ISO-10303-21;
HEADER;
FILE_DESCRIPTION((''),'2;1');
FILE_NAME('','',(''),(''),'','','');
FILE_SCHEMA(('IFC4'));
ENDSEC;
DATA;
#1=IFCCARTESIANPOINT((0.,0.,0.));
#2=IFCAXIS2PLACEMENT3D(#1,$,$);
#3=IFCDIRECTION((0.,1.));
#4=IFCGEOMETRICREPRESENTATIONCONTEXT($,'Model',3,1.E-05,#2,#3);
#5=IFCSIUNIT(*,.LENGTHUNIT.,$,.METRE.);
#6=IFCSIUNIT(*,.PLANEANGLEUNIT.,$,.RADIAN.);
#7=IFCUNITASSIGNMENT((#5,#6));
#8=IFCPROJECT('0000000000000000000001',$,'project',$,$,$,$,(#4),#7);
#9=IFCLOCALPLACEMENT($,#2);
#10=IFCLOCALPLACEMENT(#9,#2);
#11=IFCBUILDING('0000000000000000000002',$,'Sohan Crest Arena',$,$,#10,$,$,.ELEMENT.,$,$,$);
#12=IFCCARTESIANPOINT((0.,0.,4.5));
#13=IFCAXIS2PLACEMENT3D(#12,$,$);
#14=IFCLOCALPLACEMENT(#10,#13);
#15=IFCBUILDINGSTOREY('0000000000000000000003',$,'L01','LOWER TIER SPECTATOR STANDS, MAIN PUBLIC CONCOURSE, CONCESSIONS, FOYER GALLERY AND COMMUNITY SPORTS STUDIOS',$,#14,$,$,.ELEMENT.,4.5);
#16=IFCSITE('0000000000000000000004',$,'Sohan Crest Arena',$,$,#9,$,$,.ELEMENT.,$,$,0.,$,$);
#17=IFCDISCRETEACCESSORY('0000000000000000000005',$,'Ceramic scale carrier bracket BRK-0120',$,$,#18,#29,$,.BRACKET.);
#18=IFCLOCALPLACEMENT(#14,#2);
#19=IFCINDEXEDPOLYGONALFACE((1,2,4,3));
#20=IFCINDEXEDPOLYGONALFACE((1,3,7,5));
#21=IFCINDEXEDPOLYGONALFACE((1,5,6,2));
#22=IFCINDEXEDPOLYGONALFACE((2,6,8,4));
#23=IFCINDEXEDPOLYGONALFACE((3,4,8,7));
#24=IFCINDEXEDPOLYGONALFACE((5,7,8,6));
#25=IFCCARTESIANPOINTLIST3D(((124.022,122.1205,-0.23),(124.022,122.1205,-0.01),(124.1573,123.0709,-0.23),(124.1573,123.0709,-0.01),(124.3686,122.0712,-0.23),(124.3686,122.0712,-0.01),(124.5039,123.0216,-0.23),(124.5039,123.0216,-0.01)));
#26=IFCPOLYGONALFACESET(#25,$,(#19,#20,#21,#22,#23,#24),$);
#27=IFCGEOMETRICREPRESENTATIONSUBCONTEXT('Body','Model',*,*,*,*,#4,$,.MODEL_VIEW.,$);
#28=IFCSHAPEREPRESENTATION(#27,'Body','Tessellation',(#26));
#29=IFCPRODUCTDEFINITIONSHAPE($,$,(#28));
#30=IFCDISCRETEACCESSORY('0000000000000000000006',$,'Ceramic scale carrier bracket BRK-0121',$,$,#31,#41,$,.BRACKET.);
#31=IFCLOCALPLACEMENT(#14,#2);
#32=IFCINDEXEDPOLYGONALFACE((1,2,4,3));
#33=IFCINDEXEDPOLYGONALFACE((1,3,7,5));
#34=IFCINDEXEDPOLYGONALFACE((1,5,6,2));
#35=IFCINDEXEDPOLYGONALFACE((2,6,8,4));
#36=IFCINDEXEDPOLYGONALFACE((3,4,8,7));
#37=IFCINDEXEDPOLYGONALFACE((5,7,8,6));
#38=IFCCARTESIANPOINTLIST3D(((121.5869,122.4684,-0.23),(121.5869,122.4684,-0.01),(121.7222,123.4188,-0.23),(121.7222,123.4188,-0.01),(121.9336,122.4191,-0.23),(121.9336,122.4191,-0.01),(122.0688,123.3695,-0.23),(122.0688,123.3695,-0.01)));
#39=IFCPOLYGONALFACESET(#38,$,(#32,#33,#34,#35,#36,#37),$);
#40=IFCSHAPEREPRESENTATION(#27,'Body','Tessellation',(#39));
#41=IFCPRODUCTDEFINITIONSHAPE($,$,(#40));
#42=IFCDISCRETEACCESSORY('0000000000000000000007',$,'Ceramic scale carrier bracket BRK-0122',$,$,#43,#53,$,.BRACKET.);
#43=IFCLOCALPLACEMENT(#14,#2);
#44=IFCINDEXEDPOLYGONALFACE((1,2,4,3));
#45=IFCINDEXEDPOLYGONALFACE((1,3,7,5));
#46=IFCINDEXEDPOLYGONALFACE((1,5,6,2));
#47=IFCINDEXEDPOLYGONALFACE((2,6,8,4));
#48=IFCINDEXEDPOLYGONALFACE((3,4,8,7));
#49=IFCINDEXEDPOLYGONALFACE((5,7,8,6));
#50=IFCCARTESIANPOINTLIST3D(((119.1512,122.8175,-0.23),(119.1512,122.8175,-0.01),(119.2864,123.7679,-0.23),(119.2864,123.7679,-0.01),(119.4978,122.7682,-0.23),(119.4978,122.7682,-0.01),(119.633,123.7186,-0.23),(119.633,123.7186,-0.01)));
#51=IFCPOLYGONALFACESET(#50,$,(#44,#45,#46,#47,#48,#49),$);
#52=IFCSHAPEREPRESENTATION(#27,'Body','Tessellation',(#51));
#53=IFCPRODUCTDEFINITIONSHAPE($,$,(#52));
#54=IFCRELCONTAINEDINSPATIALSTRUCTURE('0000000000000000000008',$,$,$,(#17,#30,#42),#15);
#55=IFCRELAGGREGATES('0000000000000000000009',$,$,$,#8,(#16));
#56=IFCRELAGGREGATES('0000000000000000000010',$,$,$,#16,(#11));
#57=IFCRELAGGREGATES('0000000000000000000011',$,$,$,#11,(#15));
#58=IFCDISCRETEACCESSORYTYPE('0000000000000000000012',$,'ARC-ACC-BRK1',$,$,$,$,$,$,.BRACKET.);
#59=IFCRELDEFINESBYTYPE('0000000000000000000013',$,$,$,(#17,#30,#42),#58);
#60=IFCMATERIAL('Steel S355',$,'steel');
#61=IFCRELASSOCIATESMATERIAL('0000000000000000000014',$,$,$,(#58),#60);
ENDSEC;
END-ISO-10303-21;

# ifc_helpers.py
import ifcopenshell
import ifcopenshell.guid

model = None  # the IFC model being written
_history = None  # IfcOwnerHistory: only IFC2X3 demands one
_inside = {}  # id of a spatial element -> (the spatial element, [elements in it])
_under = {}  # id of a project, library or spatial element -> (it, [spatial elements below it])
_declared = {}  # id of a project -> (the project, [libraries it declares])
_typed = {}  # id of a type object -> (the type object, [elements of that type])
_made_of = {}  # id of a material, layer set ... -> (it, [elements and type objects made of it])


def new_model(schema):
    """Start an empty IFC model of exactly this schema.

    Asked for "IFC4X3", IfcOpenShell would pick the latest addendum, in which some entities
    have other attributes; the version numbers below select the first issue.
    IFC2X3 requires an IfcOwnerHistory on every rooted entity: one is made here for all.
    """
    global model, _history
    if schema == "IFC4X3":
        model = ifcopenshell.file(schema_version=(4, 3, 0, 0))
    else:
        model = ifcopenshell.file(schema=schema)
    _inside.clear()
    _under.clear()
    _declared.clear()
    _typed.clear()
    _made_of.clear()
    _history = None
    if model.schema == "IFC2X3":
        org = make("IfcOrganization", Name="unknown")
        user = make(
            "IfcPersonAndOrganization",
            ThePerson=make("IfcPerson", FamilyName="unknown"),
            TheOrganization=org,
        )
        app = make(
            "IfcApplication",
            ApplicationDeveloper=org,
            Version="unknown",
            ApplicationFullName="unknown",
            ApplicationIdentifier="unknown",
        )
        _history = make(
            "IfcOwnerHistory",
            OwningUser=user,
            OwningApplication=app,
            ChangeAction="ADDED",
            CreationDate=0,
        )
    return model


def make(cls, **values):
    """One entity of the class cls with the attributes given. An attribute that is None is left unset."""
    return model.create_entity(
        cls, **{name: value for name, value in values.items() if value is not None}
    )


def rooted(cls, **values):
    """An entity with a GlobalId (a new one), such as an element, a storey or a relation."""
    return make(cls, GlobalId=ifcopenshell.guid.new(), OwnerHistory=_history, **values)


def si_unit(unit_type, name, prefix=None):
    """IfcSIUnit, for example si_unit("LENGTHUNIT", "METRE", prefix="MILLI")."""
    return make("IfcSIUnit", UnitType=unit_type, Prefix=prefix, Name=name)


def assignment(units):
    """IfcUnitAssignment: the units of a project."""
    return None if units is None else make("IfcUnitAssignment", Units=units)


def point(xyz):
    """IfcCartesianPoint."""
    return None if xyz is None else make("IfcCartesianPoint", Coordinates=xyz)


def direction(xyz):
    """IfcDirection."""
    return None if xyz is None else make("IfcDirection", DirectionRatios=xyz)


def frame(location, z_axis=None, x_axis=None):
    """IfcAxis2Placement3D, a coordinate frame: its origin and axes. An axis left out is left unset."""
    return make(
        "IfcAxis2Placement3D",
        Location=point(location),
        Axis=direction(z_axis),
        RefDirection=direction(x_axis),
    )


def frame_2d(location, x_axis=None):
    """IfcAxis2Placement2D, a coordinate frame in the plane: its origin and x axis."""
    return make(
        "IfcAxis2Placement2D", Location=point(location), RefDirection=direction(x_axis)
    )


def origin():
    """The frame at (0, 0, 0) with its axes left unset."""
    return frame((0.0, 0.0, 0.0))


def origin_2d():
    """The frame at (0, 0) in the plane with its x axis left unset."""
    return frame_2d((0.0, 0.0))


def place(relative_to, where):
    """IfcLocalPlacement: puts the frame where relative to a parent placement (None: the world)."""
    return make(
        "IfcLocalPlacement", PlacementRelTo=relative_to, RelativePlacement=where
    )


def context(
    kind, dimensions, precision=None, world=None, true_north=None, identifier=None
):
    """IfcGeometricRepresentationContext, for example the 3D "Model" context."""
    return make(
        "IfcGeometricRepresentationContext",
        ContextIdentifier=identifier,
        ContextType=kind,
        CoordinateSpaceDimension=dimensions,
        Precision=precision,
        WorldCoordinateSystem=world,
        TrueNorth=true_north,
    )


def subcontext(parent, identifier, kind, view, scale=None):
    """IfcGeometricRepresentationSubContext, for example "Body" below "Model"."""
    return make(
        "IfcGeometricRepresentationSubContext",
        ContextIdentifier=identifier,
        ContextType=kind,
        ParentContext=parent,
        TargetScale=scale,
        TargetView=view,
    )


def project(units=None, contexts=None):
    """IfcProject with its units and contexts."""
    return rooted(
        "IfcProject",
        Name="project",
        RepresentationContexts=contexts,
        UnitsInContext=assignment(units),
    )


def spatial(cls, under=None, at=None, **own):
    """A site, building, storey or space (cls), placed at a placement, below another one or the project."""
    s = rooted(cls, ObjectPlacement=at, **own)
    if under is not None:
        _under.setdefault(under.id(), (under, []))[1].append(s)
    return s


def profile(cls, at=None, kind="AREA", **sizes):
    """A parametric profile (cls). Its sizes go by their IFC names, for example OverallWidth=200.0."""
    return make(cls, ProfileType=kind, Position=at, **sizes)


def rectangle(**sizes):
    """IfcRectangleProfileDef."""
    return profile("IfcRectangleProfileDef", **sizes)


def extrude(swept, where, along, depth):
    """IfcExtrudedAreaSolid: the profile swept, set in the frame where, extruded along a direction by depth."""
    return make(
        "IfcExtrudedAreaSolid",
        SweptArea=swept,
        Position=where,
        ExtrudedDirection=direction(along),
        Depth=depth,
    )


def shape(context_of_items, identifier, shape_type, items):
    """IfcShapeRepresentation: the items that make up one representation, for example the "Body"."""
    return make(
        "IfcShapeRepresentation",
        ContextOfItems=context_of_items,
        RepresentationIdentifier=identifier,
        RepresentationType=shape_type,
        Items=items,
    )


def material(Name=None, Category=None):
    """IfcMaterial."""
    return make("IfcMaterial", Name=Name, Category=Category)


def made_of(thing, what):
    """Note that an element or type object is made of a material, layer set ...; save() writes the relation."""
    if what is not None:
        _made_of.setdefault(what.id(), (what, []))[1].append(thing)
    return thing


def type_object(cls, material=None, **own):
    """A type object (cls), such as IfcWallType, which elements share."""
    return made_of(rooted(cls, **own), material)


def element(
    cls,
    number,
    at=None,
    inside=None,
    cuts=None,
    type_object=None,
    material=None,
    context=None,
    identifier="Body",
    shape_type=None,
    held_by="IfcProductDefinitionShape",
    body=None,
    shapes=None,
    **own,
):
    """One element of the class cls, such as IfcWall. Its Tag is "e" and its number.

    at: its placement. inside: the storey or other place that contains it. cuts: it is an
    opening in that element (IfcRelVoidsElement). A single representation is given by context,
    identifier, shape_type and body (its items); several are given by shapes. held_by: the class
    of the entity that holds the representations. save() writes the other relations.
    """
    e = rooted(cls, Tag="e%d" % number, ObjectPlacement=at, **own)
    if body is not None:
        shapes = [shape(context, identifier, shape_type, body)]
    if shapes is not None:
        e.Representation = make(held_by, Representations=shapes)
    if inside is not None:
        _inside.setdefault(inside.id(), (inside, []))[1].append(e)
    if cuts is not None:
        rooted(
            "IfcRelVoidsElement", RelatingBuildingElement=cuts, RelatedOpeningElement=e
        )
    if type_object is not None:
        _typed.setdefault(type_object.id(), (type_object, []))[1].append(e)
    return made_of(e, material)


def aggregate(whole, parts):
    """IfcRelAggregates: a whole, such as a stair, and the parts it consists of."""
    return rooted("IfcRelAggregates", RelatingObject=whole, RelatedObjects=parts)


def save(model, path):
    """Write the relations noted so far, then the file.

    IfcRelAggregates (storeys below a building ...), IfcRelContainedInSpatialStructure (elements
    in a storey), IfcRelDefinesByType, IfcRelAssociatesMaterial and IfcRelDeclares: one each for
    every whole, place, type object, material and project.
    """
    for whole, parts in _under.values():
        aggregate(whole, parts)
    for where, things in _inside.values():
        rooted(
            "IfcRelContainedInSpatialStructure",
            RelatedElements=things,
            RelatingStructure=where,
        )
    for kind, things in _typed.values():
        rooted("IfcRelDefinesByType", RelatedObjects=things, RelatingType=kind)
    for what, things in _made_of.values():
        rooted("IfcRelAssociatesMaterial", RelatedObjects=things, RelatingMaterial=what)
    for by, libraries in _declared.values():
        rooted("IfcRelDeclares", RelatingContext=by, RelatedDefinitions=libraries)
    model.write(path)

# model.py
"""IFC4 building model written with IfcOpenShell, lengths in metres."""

from ifc_helpers import new_model, si_unit, direction, frame, origin, origin_2d, place, context, subcontext, project, spatial, rectangle, extrude, material, type_object, element, save


model = new_model("IFC4")

# Units and contexts
model_context = context("Model", 3, precision=1e-05, world=origin(), true_north=direction((0.0, 1.0)))
body_context = subcontext(model_context, "Body", "Model", "MODEL_VIEW")
ifc_project = project(units=[si_unit("LENGTHUNIT", "METRE"), si_unit("PLANEANGLEUNIT", "RADIAN")], contexts=[model_context])

# Site, building, storey
site_placement = place(None, origin())
site = spatial("IfcSite", under=ifc_project, at=site_placement, Name="Sohan Crest Arena", CompositionType="ELEMENT", RefElevation=0.0)
building_placement = place(site_placement, origin())
building = spatial("IfcBuilding", under=site, at=building_placement, Name="Sohan Crest Arena", CompositionType="ELEMENT")
storey_placement = place(building_placement, frame((0.0, 0.0, 4.5)))
storey = spatial("IfcBuildingStorey", under=building, at=storey_placement, Name="L01", Description="LOWER TIER SPECTATOR STANDS, MAIN PUBLIC CONCOURSE, CONCESSIONS, FOYER GALLERY AND COMMUNITY SPORTS STUDIOS", CompositionType="ELEMENT", Elevation=4.5)

# Discrete accessories
ifc_material_1 = material(Name="Steel S355", Category="steel")
discrete_accessory_type = type_object("IfcDiscreteAccessoryType", Name="ARC-ACC-BRK1", PredefinedType="BRACKET", material=ifc_material_1)
for number, where, z_axis, x_axis, name in (
    (1, (124.2629, 122.571, -0.23), (0.0, 0.0, 1.0), (-0.990024, 0.140901, 0.0), "Ceramic scale carrier bracket BRK-0120"),
    (2, (121.8279, 122.9189, -0.23), (0.0, 0.0, 1.0), (-0.990024, 0.140901, 0.0), "Ceramic scale carrier bracket BRK-0121"),
    (3, (119.3921, 123.2681, -0.23), (0.0, 0.0, 1.0), (-0.990024, 0.140901, 0.0), "Ceramic scale carrier bracket BRK-0122"),
):
    element("IfcDiscreteAccessory", number, at=place(storey_placement, frame(where, z_axis=z_axis, x_axis=x_axis)), inside=storey, type_object=discrete_accessory_type, Name=name, PredefinedType="BRACKET", context=body_context, shape_type="SweptSolid", body=[
        extrude(rectangle(XDim=0.3501, YDim=0.96, at=origin_2d()), origin(), (0.0, 0.0, 1.0), 0.22),
    ])

save(model, "model.ifc")
